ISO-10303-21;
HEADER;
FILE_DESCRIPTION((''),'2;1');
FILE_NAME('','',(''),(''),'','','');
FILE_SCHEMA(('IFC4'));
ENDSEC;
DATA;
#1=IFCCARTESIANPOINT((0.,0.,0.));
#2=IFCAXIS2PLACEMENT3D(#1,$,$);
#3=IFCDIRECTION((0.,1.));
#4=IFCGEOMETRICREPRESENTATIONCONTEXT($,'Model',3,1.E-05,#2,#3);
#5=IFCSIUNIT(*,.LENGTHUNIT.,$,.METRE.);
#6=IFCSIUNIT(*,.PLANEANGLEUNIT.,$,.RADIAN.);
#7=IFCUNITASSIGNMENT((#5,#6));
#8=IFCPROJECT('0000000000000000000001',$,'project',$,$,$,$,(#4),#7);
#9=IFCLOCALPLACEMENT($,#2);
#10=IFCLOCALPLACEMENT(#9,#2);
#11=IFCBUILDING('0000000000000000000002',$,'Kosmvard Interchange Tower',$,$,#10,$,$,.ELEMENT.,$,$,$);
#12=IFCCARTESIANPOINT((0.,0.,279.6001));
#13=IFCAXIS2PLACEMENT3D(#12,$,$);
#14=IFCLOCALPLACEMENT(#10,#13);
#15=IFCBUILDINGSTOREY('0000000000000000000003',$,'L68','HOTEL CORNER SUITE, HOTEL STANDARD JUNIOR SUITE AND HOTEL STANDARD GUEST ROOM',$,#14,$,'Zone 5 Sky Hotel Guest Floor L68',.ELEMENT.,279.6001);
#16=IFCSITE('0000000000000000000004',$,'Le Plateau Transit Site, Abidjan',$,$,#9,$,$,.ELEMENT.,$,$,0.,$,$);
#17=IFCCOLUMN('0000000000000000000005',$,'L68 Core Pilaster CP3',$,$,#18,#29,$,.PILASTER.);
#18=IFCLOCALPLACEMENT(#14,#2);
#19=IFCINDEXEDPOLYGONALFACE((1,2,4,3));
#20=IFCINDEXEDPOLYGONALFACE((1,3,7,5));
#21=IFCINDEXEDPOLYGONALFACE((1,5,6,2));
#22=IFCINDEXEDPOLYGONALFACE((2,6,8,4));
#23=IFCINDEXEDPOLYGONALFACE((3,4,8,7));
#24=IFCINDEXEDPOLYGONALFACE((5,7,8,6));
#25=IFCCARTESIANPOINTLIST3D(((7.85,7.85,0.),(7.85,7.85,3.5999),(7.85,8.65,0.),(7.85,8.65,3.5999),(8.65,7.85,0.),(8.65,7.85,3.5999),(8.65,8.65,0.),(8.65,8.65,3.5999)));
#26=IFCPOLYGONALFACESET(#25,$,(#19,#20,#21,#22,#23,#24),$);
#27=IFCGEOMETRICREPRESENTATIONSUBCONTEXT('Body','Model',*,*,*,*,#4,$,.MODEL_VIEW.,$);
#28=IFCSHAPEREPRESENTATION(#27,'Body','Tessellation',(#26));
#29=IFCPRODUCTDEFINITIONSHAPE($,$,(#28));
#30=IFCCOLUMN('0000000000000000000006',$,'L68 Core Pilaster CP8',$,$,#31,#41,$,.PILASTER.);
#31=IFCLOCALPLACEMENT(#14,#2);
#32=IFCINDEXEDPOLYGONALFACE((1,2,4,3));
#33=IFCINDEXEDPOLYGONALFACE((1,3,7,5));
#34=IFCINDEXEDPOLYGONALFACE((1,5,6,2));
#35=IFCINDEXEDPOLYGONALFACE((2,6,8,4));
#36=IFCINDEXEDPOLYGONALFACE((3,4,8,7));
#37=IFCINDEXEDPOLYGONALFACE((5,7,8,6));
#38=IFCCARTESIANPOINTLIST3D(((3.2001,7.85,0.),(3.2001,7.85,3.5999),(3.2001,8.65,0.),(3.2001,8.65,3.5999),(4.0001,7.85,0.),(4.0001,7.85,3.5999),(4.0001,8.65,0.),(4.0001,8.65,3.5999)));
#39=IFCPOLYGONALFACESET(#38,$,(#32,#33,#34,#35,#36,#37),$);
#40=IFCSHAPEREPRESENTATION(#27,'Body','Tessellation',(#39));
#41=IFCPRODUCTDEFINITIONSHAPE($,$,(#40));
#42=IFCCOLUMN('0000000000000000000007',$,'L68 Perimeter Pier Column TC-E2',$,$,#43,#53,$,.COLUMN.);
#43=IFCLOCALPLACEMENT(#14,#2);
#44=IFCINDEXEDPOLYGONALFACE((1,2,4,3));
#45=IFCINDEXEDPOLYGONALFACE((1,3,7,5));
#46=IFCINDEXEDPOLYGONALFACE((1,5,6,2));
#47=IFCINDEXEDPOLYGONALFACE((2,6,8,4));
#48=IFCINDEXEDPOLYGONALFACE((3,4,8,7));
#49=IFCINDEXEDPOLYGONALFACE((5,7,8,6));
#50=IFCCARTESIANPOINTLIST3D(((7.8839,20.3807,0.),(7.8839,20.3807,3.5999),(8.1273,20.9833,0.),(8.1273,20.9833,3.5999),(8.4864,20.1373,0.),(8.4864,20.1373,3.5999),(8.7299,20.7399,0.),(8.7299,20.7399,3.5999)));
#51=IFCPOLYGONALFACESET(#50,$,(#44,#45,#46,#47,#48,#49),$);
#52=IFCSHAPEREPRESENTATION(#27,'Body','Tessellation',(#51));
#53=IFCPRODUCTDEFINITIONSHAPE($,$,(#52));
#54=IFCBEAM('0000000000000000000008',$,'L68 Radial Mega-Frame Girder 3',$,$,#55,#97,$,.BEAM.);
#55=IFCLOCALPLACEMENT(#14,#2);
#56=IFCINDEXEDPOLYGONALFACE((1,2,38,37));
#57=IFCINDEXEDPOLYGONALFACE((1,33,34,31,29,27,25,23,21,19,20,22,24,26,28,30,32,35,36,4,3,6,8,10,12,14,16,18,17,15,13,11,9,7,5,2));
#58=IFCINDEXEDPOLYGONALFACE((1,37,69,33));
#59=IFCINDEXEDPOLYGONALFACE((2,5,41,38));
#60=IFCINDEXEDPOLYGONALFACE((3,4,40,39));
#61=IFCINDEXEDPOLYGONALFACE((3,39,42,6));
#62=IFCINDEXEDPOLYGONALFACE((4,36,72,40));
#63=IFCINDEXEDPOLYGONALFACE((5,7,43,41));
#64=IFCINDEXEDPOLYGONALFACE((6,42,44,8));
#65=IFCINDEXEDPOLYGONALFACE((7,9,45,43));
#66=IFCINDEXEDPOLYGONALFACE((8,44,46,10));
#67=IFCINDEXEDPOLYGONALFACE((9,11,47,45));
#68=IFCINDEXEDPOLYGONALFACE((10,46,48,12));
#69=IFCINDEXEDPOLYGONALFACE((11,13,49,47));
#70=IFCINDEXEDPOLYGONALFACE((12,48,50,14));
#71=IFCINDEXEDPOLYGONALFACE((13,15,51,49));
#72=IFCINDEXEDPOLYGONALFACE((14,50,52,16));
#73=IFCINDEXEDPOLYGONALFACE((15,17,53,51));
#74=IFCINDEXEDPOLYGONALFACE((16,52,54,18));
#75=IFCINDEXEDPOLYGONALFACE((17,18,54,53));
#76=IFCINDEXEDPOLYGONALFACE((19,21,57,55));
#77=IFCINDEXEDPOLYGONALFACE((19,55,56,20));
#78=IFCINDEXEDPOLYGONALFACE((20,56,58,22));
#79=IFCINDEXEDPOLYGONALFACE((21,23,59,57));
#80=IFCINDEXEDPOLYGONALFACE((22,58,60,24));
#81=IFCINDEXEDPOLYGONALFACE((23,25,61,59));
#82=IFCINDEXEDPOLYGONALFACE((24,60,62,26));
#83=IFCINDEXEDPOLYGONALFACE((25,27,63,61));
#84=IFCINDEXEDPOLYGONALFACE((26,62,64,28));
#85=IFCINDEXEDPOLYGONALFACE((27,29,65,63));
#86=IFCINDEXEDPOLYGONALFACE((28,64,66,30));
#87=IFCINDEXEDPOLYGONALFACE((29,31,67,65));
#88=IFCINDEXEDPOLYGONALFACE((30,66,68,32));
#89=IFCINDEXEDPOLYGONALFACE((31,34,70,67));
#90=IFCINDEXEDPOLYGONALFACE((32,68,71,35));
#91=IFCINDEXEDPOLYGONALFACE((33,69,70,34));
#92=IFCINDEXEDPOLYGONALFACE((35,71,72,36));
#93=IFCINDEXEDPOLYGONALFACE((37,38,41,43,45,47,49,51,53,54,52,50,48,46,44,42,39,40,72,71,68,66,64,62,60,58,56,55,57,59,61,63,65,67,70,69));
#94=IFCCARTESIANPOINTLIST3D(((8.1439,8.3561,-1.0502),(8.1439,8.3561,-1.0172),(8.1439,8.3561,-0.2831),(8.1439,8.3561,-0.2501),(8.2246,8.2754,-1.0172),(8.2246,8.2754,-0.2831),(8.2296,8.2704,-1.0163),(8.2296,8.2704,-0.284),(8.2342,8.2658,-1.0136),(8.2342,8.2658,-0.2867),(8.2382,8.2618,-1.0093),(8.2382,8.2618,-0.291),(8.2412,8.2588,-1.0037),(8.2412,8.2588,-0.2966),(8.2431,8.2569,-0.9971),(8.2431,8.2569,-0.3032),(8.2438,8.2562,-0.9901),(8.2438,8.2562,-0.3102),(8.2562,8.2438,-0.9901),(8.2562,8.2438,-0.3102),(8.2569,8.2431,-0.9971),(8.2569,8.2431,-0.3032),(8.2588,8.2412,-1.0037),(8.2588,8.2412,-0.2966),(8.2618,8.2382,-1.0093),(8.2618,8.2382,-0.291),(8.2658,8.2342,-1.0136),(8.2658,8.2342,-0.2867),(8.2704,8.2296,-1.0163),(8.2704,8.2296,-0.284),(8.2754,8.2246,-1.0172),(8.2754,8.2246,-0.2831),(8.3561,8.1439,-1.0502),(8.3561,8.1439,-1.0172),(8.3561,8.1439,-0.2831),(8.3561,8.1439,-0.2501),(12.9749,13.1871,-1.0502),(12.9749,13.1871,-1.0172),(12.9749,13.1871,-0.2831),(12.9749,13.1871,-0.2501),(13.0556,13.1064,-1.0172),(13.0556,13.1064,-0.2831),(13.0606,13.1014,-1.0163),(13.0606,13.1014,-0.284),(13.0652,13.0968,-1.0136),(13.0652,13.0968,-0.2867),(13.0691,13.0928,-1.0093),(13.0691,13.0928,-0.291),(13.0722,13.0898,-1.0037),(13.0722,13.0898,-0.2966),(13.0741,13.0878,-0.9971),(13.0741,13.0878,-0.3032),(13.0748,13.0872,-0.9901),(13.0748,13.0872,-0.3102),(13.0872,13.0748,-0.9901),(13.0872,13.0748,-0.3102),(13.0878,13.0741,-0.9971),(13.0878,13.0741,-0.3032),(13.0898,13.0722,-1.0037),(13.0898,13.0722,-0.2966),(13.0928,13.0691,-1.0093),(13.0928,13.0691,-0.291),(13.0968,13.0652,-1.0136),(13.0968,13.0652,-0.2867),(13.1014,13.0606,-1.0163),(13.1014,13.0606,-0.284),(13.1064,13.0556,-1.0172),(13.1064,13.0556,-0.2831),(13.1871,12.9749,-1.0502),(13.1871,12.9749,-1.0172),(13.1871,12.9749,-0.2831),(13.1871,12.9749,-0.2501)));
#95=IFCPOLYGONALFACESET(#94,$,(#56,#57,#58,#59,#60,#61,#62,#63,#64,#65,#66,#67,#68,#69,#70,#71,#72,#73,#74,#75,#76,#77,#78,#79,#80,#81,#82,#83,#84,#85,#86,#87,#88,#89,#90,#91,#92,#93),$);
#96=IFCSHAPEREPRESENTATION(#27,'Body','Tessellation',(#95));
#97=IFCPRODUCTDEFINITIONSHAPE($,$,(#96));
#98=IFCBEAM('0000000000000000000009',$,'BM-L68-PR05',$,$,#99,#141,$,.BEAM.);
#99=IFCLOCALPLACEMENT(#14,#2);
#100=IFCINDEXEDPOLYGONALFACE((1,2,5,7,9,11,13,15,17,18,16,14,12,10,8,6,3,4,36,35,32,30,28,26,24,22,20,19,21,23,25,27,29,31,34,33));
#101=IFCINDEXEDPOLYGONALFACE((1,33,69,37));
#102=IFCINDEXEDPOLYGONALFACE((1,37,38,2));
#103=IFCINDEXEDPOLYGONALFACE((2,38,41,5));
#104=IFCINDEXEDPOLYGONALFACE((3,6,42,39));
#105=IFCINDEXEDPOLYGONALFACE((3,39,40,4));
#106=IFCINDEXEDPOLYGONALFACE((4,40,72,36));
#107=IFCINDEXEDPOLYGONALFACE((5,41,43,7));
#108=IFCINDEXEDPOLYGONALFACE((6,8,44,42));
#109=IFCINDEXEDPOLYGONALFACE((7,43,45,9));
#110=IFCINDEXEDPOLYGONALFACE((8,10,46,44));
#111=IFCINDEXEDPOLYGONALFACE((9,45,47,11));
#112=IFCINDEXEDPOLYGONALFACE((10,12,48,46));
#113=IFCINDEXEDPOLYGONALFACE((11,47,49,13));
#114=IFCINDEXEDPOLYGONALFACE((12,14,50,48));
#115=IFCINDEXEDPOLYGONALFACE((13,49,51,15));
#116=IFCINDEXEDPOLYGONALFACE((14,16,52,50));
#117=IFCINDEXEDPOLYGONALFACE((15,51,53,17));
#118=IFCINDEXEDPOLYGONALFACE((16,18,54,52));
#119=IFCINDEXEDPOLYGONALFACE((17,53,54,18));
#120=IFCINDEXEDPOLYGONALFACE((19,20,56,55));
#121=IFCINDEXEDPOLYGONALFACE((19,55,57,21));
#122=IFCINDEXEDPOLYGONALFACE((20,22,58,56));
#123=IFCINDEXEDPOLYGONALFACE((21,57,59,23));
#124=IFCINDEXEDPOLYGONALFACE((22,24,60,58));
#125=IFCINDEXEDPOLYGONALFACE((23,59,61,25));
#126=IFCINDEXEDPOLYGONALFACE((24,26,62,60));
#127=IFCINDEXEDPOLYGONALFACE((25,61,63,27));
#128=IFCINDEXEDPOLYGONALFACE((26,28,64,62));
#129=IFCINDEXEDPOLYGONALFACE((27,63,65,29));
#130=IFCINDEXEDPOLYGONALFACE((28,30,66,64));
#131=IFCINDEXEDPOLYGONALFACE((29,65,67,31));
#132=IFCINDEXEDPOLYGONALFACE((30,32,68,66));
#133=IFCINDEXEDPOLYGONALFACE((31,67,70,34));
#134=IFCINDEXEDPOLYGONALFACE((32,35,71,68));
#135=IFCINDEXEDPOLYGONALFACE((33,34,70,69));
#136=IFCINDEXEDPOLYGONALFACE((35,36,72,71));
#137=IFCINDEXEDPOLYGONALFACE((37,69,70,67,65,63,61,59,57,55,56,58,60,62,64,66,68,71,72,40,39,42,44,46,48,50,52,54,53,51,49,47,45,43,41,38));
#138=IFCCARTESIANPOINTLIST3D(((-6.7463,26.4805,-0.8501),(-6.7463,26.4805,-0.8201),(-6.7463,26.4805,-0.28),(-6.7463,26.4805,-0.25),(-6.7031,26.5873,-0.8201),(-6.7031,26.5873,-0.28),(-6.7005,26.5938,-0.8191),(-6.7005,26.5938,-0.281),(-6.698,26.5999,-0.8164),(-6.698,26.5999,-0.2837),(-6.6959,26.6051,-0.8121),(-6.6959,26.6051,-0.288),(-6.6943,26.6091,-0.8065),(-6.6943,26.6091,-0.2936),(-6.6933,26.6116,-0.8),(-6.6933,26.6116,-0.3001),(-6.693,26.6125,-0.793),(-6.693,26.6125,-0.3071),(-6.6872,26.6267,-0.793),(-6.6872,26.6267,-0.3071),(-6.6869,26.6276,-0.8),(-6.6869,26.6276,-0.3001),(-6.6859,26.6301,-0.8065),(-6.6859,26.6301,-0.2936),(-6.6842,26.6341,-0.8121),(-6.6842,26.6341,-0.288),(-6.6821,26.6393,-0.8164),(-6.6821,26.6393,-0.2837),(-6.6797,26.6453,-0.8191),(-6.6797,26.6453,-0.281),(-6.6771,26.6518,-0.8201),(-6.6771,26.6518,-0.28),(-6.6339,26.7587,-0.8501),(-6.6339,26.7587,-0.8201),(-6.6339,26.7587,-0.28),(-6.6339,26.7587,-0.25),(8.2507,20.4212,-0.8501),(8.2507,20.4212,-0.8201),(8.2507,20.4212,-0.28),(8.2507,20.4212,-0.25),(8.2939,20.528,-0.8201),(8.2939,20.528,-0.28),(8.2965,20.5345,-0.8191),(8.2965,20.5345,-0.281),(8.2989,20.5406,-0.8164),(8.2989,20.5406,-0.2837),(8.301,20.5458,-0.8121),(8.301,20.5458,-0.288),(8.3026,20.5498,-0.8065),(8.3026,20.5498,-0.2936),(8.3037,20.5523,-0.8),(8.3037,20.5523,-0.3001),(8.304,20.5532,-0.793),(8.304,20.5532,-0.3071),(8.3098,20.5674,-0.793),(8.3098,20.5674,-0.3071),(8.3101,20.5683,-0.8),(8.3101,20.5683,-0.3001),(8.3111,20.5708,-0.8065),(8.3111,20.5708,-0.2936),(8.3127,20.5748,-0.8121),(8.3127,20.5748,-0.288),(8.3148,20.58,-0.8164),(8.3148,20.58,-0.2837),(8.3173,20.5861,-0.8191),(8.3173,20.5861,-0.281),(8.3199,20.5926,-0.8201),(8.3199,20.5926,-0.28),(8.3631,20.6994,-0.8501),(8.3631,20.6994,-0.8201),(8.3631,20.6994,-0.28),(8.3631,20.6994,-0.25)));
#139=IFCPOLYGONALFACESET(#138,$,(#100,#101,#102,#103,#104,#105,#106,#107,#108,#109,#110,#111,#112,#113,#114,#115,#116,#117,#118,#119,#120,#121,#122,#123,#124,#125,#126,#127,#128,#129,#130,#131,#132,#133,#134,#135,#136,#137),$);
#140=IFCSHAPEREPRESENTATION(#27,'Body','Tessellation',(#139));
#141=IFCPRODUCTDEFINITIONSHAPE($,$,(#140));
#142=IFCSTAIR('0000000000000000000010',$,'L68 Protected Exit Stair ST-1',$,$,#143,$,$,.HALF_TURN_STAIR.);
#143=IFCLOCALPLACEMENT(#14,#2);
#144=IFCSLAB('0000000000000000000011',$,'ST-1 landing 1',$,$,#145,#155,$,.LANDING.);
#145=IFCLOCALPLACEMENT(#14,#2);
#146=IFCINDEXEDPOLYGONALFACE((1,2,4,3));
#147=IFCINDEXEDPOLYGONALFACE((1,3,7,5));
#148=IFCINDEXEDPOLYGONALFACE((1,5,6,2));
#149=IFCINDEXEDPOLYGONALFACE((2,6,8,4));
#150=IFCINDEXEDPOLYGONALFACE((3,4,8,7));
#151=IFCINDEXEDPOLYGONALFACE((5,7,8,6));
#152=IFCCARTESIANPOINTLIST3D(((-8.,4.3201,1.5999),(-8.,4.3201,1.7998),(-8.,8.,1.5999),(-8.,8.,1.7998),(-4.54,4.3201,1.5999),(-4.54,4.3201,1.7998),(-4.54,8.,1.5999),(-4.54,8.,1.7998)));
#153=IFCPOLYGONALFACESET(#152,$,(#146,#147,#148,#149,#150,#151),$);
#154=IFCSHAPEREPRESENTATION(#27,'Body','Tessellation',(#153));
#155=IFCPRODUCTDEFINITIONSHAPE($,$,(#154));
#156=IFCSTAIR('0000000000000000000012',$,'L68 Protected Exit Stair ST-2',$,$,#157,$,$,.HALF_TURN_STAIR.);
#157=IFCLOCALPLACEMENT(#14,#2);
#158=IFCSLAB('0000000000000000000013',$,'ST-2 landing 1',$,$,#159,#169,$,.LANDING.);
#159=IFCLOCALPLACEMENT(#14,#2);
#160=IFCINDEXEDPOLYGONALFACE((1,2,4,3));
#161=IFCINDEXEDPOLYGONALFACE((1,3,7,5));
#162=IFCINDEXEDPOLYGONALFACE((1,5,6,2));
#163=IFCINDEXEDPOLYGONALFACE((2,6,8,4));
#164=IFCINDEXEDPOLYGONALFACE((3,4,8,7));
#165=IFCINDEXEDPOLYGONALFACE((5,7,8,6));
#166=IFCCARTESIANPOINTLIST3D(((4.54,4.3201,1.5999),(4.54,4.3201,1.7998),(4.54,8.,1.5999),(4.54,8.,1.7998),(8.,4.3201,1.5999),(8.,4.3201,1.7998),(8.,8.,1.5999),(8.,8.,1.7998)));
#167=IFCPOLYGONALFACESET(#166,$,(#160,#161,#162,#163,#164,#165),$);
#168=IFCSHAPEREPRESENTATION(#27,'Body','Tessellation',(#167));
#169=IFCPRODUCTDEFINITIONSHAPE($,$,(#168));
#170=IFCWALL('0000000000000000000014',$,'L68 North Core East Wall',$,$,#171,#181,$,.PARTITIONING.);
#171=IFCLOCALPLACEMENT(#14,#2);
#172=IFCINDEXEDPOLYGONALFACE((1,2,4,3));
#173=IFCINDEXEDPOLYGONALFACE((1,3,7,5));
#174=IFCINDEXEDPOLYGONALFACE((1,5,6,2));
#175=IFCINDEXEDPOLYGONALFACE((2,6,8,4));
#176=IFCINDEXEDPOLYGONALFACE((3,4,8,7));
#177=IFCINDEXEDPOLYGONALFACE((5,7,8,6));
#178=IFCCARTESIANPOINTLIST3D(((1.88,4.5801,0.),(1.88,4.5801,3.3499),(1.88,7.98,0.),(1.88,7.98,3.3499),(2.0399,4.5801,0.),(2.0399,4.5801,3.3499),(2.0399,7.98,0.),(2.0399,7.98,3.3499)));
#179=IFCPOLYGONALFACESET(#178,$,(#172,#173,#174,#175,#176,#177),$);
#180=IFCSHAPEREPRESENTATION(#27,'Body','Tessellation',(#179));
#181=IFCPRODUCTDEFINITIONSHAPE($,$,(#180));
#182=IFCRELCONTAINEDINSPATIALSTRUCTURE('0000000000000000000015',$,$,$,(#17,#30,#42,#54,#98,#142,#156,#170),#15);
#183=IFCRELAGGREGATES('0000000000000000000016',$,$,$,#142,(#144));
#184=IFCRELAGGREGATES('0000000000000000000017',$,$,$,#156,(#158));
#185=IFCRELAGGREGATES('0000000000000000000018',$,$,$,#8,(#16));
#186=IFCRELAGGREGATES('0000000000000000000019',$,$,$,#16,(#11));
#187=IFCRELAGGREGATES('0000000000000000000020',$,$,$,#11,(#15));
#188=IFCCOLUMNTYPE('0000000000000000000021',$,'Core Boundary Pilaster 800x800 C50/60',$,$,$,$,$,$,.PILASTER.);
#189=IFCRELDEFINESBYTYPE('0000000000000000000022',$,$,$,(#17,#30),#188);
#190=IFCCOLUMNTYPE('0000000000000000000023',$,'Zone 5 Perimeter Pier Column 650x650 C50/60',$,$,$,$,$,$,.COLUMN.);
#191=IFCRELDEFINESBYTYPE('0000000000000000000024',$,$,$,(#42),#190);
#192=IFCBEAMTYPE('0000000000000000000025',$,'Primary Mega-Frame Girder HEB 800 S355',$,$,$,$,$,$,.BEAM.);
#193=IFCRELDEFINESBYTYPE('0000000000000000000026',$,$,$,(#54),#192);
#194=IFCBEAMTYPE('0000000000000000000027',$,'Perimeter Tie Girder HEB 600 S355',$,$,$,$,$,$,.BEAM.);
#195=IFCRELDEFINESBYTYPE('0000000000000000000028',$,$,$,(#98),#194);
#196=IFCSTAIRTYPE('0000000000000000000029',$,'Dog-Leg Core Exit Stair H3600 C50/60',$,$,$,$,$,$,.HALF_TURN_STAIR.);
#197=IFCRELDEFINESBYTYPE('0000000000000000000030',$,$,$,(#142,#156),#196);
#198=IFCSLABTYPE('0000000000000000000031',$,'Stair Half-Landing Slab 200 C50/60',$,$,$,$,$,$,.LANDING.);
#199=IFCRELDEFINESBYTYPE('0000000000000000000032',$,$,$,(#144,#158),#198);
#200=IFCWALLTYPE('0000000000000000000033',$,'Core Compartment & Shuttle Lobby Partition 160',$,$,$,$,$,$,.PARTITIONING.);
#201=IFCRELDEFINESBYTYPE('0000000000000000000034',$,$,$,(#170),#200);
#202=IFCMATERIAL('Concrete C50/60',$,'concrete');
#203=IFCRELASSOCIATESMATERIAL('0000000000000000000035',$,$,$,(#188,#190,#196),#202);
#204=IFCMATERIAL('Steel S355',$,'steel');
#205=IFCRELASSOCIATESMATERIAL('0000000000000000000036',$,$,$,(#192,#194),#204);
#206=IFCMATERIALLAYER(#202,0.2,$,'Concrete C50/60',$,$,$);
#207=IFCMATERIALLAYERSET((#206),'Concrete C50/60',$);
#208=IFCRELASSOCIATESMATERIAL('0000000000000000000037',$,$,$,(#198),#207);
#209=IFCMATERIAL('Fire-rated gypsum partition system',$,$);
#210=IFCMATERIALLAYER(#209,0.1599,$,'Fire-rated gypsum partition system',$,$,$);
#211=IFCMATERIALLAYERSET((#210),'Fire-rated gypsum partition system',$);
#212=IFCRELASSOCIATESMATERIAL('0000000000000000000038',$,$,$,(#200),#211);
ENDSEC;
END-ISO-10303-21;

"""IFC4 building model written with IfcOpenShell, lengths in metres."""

from ifc_helpers import new_model, si_unit, direction, frame, frame_2d, origin, origin_2d, place, context, subcontext, project, spatial, polyline, rectangle, i_section, outline, extrude, source, transform, mapped, material, layer, layer_set, material_profile, profile_set, type_object, element, aggregate, save


model = new_model("IFC4")

# Units and contexts
model_context = context("Model", 3, precision=1e-05, world=origin(), true_north=direction((0.0, 1.0)))
body_context = subcontext(model_context, "Body", "Model", "MODEL_VIEW")
ifc_project = project(units=[si_unit("LENGTHUNIT", "METRE"), si_unit("PLANEANGLEUNIT", "RADIAN")], contexts=[model_context])

# Site, building, storey
site_placement = place(None, origin())
site = spatial("IfcSite", under=ifc_project, at=site_placement, Name="Le Plateau Transit Site, Abidjan", CompositionType="ELEMENT", RefElevation=0.0)
building_placement = place(site_placement, origin())
building = spatial("IfcBuilding", under=site, at=building_placement, Name="Kosmvard Interchange Tower", CompositionType="ELEMENT")
storey_placement = place(building_placement, frame((0.0, 0.0, 279.6001)))
storey = spatial("IfcBuildingStorey", under=building, at=storey_placement, Name="L68", Description="HOTEL CORNER SUITE, HOTEL STANDARD JUNIOR SUITE AND HOTEL STANDARD GUEST ROOM", LongName="Zone 5 Sky Hotel Guest Floor L68", CompositionType="ELEMENT", Elevation=279.6001)

# Columns
ifc_material_1 = material(Name="Concrete C50/60", Category="concrete")
ifc_material_profile_1 = material_profile(ifc_material_1, rectangle(XDim=0.8, YDim=0.8, at=origin_2d()), Name="CP 800x800")
ifc_profile_set_1 = profile_set([ifc_material_profile_1], Name="Concrete C50/60")
column_type_1 = type_object("IfcColumnType", Name="Core Boundary Pilaster 800x800 C50/60", PredefinedType="PILASTER", material=ifc_profile_set_1)
shared_shape_1 = source(origin(), body_context, "Body", "SweptSolid", [
    extrude(rectangle(XDim=0.8, YDim=0.8, at=origin_2d()), origin(), (0.0, 0.0, 1.0), 3.5999),
])
for number, where, z_axis, x_axis, name in (
    (1, (8.25, 8.25, 0.0), (0.0, 0.0, 1.0), (1.0, 0.0, 0.0), "L68 Core Pilaster CP3"),
    (2, (3.6001, 8.25, 0.0), (0.0, 0.0, 1.0), (1.0, 0.0, 0.0), "L68 Core Pilaster CP8"),
):
    element("IfcColumn", number, at=place(storey_placement, frame(where, z_axis=z_axis, x_axis=x_axis)), inside=storey, type_object=column_type_1, Name=name, PredefinedType="PILASTER", context=body_context, shape_type="MappedRepresentation", body=[
        mapped(shared_shape_1, transform((0.0, 0.0, 0.0), scale=1.0)),
    ])
ifc_material_profile_2 = material_profile(ifc_material_1, rectangle(XDim=0.6499, YDim=0.6499, at=origin_2d()), Name="TC 650x650")
ifc_profile_set_2 = profile_set([ifc_material_profile_2], Name="Concrete C50/60")
column_type_2 = type_object("IfcColumnType", Name="Zone 5 Perimeter Pier Column 650x650 C50/60", PredefinedType="COLUMN", material=ifc_profile_set_2)
shared_shape_2 = source(origin(), body_context, "Body", "SweptSolid", [
    extrude(rectangle(XDim=0.6499, YDim=0.6499, at=origin_2d()), origin(), (0.0, 0.0, 1.0), 3.5999),
])
column_placement = place(storey_placement, frame((8.3069, 20.5603, 0.0), z_axis=(0.0, 0.0, 1.0), x_axis=(0.374607, 0.927184, 0.0)))
element("IfcColumn", 3, at=column_placement, inside=storey, type_object=column_type_2, Name="L68 Perimeter Pier Column TC-E2", PredefinedType="COLUMN", context=body_context, shape_type="MappedRepresentation", body=[
    mapped(shared_shape_2, transform((0.0, 0.0, 0.0), scale=1.0)),
])

# Beams
ifc_material_2 = material(Name="Steel S355", Category="steel")
ifc_material_profile_3 = material_profile(ifc_material_2, i_section(OverallWidth=0.3, OverallDepth=0.8, WebThickness=0.0176, FlangeThickness=0.033, FilletRadius=0.0271, at=origin_2d()), Name="HEB 800")
ifc_profile_set_3 = profile_set([ifc_material_profile_3], Name="Steel S355")
beam_type_1 = type_object("IfcBeamType", Name="Primary Mega-Frame Girder HEB 800 S355", PredefinedType="BEAM", material=ifc_profile_set_3)
shared_shape_3 = source(origin(), body_context, "Body", "SweptSolid", [
    extrude(i_section(OverallWidth=0.3, OverallDepth=0.8, WebThickness=0.0176, FlangeThickness=0.033, FilletRadius=0.0271, at=origin_2d()), origin(), (0.0, 0.0, 1.0), 6.832),
])
beam_1_placement = place(storey_placement, frame((8.25, 8.25, -0.6501), z_axis=(0.707107, 0.707107, 0.0), x_axis=(-0.707107, 0.707107, 0.0)))
element("IfcBeam", 4, at=beam_1_placement, inside=storey, type_object=beam_type_1, Name="L68 Radial Mega-Frame Girder 3", PredefinedType="BEAM", context=body_context, shape_type="MappedRepresentation", body=[
    mapped(shared_shape_3, transform((0.0, 0.0, 0.0), scale=1.0)),
])
ifc_material_profile_4 = material_profile(ifc_material_2, i_section(OverallWidth=0.3, OverallDepth=0.6001, WebThickness=0.0154, FlangeThickness=0.03, FilletRadius=0.0271, at=origin_2d()), Name="HEB 600")
ifc_profile_set_4 = profile_set([ifc_material_profile_4], Name="Steel S355")
beam_type_2 = type_object("IfcBeamType", Name="Perimeter Tie Girder HEB 600 S355", PredefinedType="BEAM", material=ifc_profile_set_4)
shared_shape_4 = source(origin(), body_context, "Body", "SweptSolid", [
    extrude(i_section(OverallWidth=0.3, OverallDepth=0.6001, WebThickness=0.0154, FlangeThickness=0.03, FilletRadius=0.0271, at=origin_2d()), origin(), (0.0, 0.0, 1.0), 16.1748),
])
beam_2_placement = place(storey_placement, frame((8.3069, 20.5603, -0.55), z_axis=(-0.927181, 0.374613, 0.0), x_axis=(-0.374613, -0.927181, 0.0)))
element("IfcBeam", 5, at=beam_2_placement, inside=storey, type_object=beam_type_2, Name="BM-L68-PR05", PredefinedType="BEAM", context=body_context, shape_type="MappedRepresentation", body=[
    mapped(shared_shape_4, transform((0.0, 0.0, 0.0), scale=1.0)),
])

# Stairs, slabs
stair_type = type_object("IfcStairType", Name="Dog-Leg Core Exit Stair H3600 C50/60", PredefinedType="HALF_TURN_STAIR", material=ifc_material_1)
stair_1_placement = place(storey_placement, origin())
stair_1 = element("IfcStair", 6, at=stair_1_placement, inside=storey, type_object=stair_type, Name="L68 Protected Exit Stair ST-1", PredefinedType="HALF_TURN_STAIR")
ifc_layer_1 = layer(ifc_material_1, 0.2, Name="Concrete C50/60")
ifc_layer_set_1 = layer_set([ifc_layer_1], Name="Concrete C50/60")
slab_type = type_object("IfcSlabType", Name="Stair Half-Landing Slab 200 C50/60", PredefinedType="LANDING", material=ifc_layer_set_1)
slab_1_placement = place(storey_placement, frame((0.0, 0.0, 1.5999)))
slab_1 = element("IfcSlab", 7, at=slab_1_placement, type_object=slab_type, Name="ST-1 landing 1", PredefinedType="LANDING", context=body_context, shape_type="SweptSolid", body=[
    extrude(outline(polyline([(-4.54, 4.3201), (-4.54, 8.0), (-8.0, 8.0), (-8.0, 4.3201), (-4.54, 4.3201)])), origin(), (0.0, 0.0, 1.0), 0.2),
])
aggregate(stair_1, [slab_1])
stair_2_placement = place(storey_placement, origin())
stair_2 = element("IfcStair", 8, at=stair_2_placement, inside=storey, type_object=stair_type, Name="L68 Protected Exit Stair ST-2", PredefinedType="HALF_TURN_STAIR")
slab_2_placement = place(storey_placement, frame((0.0, 0.0, 1.5999)))
slab_2 = element("IfcSlab", 9, at=slab_2_placement, type_object=slab_type, Name="ST-2 landing 1", PredefinedType="LANDING", context=body_context, shape_type="SweptSolid", body=[
    extrude(outline(polyline([(8.0, 4.3201), (8.0, 8.0), (4.54, 8.0), (4.54, 4.3201), (8.0, 4.3201)])), origin(), (0.0, 0.0, 1.0), 0.2),
])

# Wall
ifc_material_3 = material(Name="Fire-rated gypsum partition system")
ifc_layer_2 = layer(ifc_material_3, 0.1599, Name="Fire-rated gypsum partition system")
ifc_layer_set_2 = layer_set([ifc_layer_2], Name="Fire-rated gypsum partition system")
wall_type_1 = type_object("IfcWallType", Name="Core Compartment & Shuttle Lobby Partition 160", PredefinedType="PARTITIONING", material=ifc_layer_set_2)
wall_1_placement = place(storey_placement, frame((1.96, 4.5801, 0.0), z_axis=(0.0, 0.0, 1.0), x_axis=(0.0, 1.0, 0.0)))
element("IfcWall", 10, at=wall_1_placement, inside=storey, type_object=wall_type_1, Name="L68 North Core East Wall", PredefinedType="PARTITIONING", context=body_context, shape_type="SweptSolid", body=[
    extrude(rectangle(XDim=3.3999, YDim=0.1599, at=frame_2d((1.7, 0.0))), origin(), (0.0, 0.0, 1.0), 3.3499),
])

aggregate(stair_2, [slab_2])

save(model, "model.ifc")
